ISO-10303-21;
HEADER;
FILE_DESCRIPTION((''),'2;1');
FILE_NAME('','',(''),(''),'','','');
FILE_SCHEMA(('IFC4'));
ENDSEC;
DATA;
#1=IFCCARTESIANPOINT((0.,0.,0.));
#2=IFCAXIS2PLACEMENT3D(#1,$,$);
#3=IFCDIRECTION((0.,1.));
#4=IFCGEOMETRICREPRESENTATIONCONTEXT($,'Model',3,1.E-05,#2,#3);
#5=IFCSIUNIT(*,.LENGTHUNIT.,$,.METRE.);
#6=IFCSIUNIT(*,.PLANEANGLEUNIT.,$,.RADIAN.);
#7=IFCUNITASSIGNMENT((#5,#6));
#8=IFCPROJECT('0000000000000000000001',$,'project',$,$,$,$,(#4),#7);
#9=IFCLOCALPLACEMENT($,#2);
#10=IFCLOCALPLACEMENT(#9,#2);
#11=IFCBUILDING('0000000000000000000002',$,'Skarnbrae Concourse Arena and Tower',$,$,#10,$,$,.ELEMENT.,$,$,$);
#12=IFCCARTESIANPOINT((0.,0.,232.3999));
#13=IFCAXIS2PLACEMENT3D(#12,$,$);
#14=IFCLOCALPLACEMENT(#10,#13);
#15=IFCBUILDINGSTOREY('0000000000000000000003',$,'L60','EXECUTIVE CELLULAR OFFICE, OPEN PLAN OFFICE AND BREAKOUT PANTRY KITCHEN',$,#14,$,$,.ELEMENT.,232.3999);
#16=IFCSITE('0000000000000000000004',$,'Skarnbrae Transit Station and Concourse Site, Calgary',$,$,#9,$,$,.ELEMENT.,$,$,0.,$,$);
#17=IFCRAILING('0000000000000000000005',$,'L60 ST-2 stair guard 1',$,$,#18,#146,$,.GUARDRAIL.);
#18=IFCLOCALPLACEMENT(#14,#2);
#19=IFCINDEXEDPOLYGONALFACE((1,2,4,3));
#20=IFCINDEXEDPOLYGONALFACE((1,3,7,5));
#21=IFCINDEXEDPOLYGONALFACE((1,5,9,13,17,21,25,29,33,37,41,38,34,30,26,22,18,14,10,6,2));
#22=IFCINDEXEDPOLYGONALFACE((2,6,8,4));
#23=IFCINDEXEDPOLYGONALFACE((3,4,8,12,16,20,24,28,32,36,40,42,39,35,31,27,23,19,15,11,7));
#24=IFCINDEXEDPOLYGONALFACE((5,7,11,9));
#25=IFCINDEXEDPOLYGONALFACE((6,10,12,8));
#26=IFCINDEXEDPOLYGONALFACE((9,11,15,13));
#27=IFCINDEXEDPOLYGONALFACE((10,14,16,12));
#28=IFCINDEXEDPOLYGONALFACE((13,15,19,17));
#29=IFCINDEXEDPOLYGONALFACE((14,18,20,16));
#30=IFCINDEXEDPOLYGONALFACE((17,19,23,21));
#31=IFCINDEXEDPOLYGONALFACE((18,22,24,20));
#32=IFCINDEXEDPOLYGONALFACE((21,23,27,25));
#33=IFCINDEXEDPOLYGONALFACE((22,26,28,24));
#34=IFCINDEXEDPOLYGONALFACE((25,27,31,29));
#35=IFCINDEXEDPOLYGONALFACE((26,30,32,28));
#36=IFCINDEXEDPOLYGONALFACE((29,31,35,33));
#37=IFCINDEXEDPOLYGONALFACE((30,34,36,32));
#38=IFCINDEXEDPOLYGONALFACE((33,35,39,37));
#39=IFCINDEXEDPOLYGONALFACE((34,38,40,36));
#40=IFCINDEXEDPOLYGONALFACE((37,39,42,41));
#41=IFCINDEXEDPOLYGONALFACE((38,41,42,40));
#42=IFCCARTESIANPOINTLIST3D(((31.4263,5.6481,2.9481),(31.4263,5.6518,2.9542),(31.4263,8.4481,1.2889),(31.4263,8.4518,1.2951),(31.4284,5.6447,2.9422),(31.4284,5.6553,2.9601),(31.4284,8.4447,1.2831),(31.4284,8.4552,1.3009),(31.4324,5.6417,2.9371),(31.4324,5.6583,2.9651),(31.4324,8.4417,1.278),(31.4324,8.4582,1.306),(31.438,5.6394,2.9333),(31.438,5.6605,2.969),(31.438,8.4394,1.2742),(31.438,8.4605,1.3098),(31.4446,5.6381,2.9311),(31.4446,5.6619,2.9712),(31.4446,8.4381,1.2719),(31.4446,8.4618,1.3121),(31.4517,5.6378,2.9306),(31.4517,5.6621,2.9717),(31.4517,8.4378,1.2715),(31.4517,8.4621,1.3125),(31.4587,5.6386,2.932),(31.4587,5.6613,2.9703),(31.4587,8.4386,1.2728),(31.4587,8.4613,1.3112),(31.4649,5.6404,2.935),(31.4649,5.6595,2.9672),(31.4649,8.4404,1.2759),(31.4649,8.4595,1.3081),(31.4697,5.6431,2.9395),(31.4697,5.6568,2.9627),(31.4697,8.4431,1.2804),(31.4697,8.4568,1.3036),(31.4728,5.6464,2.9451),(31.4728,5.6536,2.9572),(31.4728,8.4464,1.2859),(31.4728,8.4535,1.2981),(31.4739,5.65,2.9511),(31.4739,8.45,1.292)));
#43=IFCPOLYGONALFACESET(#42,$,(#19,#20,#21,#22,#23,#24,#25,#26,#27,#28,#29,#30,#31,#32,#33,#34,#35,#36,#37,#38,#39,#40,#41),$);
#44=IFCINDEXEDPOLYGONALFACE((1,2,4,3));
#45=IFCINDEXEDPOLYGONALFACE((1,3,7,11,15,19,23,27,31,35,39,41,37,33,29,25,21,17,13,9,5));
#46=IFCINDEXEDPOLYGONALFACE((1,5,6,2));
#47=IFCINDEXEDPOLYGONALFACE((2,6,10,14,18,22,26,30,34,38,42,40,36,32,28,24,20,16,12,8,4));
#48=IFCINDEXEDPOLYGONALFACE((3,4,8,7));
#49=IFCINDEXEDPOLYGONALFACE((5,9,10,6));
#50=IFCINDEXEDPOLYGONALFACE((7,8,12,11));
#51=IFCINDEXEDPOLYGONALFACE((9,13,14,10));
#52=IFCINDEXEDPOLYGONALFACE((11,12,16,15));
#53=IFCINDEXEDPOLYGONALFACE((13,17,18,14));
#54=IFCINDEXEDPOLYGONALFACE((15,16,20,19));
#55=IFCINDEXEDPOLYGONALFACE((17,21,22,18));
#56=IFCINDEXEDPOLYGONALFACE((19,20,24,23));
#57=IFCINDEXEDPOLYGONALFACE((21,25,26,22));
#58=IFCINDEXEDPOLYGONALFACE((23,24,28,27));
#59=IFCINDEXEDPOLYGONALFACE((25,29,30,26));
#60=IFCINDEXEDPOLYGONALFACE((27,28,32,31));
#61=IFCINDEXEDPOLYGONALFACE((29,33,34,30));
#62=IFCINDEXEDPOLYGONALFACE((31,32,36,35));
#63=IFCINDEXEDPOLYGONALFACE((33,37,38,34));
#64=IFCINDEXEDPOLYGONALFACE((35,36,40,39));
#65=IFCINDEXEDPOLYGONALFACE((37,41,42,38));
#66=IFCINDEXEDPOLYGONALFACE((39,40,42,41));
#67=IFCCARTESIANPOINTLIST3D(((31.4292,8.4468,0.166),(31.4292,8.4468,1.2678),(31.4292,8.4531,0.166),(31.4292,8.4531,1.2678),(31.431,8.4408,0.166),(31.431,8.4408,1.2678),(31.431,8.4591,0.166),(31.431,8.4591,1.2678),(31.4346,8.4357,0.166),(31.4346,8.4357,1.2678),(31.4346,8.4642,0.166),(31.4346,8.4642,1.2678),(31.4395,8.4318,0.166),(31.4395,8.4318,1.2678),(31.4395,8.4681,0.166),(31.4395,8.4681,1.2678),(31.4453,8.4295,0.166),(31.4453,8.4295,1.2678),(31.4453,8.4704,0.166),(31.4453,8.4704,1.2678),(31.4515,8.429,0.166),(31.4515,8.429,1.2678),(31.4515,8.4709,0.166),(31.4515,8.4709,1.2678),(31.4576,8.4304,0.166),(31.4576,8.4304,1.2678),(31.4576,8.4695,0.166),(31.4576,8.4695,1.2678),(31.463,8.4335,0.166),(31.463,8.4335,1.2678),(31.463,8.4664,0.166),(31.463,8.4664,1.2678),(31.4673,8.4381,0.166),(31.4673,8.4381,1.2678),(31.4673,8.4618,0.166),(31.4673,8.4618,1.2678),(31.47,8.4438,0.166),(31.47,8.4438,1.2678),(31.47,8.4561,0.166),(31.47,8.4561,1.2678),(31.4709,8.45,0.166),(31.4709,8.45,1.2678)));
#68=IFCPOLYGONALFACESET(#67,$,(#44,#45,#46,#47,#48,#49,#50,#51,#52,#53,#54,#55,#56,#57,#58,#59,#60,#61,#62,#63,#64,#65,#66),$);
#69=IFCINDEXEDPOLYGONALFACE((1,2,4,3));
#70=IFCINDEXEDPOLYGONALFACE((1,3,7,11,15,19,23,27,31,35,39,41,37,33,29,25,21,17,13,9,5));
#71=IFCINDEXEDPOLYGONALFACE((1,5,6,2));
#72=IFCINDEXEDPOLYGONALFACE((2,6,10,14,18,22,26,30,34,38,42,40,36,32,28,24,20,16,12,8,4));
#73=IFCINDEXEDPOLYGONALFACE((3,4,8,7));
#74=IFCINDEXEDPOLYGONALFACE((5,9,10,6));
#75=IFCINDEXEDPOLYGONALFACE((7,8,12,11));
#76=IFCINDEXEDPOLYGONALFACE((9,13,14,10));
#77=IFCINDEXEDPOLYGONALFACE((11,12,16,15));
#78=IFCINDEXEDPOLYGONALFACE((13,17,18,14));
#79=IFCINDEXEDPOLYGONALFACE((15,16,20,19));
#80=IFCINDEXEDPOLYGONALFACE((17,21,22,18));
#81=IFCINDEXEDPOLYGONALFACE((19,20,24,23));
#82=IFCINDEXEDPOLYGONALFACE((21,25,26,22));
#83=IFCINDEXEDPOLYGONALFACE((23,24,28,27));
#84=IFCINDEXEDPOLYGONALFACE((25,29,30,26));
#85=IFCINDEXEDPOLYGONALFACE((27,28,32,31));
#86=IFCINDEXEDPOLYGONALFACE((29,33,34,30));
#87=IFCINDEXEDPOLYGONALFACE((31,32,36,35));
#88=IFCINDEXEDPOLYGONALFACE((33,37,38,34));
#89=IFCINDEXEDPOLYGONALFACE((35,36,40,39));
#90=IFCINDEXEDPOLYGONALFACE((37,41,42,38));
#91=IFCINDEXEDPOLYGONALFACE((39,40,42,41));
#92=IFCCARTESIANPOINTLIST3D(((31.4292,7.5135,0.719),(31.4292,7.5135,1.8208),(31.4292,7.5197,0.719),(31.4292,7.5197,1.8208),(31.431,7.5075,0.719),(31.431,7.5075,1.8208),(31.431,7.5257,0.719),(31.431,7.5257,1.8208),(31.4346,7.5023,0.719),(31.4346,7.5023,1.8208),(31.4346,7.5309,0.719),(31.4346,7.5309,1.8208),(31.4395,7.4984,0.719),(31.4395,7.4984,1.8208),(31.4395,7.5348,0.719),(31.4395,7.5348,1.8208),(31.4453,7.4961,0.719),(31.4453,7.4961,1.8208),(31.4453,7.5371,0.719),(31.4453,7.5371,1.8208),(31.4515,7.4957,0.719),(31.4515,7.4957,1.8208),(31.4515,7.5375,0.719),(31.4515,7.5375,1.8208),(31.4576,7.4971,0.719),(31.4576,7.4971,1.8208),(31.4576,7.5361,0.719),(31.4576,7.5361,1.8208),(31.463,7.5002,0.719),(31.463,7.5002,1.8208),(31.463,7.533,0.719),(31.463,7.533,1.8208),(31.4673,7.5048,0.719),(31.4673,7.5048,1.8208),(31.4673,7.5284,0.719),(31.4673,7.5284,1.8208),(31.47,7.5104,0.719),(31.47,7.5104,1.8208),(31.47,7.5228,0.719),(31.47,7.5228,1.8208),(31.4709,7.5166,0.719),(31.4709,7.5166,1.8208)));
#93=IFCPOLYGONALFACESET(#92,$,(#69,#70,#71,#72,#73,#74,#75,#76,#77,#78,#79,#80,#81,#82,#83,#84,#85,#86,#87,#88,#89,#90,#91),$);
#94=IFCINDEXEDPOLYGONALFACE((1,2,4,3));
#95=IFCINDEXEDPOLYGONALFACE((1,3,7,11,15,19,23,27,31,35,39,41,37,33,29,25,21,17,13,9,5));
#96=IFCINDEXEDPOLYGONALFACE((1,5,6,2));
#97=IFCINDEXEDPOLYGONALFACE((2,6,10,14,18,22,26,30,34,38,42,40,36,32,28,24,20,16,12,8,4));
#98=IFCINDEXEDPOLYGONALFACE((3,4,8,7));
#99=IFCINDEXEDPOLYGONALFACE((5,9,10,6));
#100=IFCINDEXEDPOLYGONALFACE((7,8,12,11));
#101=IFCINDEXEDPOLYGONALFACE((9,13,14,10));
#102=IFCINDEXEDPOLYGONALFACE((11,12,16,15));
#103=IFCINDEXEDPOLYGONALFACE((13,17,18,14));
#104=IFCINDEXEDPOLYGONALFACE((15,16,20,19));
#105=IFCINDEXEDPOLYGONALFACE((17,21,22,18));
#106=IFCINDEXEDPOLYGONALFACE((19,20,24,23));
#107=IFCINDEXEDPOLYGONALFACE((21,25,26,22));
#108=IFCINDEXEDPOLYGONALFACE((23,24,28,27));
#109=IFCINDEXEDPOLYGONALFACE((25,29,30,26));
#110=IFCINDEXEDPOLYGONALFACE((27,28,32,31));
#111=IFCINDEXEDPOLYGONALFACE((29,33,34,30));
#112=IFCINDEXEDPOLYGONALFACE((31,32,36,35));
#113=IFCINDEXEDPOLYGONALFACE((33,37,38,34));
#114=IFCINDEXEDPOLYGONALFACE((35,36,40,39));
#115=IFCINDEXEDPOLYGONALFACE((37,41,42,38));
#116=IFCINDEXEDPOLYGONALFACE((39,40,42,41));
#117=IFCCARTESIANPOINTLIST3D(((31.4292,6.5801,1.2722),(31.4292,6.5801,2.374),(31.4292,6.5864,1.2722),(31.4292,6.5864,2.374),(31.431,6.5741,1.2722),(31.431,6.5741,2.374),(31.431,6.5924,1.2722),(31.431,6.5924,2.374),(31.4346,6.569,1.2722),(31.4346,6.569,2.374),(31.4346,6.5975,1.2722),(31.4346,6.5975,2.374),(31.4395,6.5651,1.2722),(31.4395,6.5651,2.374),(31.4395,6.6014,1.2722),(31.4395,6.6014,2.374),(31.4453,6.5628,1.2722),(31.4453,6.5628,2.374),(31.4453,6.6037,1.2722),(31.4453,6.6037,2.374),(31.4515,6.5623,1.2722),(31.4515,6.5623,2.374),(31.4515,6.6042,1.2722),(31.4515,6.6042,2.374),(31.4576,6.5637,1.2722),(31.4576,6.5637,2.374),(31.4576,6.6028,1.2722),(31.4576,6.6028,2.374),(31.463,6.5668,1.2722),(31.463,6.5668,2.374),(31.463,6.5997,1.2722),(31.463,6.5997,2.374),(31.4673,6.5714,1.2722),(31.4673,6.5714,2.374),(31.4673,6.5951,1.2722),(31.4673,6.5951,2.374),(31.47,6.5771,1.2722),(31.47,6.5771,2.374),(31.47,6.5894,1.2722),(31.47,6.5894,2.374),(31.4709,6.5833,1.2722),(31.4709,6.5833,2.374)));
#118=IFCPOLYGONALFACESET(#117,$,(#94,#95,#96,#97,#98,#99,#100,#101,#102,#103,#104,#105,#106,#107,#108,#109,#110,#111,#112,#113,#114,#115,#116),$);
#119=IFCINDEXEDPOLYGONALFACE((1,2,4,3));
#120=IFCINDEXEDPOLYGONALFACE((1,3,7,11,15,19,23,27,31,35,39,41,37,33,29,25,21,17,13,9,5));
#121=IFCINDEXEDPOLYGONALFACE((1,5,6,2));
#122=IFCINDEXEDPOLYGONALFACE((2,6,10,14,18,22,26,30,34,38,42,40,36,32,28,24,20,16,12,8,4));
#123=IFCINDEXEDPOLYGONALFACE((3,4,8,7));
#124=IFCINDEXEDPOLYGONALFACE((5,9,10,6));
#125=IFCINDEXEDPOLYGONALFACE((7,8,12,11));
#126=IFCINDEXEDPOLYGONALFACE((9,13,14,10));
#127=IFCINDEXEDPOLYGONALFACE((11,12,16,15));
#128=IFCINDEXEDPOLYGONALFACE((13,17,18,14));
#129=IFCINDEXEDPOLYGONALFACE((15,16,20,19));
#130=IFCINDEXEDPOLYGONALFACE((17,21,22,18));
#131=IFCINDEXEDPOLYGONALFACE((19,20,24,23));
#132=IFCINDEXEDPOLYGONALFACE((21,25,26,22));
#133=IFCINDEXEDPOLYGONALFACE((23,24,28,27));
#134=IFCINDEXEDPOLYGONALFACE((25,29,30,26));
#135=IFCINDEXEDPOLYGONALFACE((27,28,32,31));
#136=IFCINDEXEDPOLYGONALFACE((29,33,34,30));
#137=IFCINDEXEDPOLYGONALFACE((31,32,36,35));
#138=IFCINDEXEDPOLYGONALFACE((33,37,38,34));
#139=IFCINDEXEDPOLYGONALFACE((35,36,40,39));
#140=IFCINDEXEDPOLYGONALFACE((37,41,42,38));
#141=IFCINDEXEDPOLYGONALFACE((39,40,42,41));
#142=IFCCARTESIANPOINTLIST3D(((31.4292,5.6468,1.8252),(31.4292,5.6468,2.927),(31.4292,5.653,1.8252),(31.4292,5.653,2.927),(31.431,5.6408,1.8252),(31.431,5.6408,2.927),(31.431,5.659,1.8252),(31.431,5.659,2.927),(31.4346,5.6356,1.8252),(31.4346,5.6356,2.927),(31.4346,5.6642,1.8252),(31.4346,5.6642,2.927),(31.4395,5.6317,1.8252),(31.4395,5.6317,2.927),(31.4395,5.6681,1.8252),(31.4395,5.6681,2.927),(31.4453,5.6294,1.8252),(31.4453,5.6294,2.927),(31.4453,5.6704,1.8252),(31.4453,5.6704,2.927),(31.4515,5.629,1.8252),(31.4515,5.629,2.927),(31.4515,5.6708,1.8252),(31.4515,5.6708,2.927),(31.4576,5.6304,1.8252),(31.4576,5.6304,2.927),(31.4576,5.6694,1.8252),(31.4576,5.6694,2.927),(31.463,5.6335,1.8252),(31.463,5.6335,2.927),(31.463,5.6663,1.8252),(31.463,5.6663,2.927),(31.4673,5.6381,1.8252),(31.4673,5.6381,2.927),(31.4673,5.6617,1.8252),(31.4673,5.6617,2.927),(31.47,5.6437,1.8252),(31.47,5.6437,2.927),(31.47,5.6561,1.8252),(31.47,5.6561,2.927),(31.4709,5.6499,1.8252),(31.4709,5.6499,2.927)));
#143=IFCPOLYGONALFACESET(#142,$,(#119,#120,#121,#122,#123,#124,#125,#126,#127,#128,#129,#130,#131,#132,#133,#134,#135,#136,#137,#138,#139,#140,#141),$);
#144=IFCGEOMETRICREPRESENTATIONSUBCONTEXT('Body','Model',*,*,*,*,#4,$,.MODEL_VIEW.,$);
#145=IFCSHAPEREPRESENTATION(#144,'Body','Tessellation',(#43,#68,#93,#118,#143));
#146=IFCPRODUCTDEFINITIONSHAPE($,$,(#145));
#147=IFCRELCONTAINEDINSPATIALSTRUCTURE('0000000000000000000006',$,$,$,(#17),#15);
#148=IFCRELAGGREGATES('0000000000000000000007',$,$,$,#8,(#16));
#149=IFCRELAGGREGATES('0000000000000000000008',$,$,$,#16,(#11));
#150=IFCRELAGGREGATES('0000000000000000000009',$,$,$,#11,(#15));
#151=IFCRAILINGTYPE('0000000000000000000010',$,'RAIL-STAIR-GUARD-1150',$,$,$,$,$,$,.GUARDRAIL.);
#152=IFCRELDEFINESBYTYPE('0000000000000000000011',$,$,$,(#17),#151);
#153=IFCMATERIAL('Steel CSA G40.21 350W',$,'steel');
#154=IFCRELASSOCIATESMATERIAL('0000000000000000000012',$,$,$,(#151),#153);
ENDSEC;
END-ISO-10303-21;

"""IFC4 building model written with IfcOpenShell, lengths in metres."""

from ifc_helpers import new_model, si_unit, direction, frame, origin, origin_2d, place, context, subcontext, project, spatial, circle, extrude, material, type_object, element, save


model = new_model("IFC4")

# Units and contexts
model_context = context("Model", 3, precision=1e-05, world=origin(), true_north=direction((0.0, 1.0)))
body_context = subcontext(model_context, "Body", "Model", "MODEL_VIEW")
ifc_project = project(units=[si_unit("LENGTHUNIT", "METRE"), si_unit("PLANEANGLEUNIT", "RADIAN")], contexts=[model_context])

# Site, building, storey
site_placement = place(None, origin())
site = spatial("IfcSite", under=ifc_project, at=site_placement, Name="Skarnbrae Transit Station and Concourse Site, Calgary", CompositionType="ELEMENT", RefElevation=0.0)
building_placement = place(site_placement, origin())
building = spatial("IfcBuilding", under=site, at=building_placement, Name="Skarnbrae Concourse Arena and Tower", CompositionType="ELEMENT")
storey_placement = place(building_placement, frame((0.0, 0.0, 232.3999)))
storey = spatial("IfcBuildingStorey", under=building, at=storey_placement, Name="L60", Description="EXECUTIVE CELLULAR OFFICE, OPEN PLAN OFFICE AND BREAKOUT PANTRY KITCHEN", CompositionType="ELEMENT", Elevation=232.3999)

# Shared definitions
ifc_material_1 = material(Name="Steel CSA G40.21 350W", Category="steel")

# Railing
railing_type = type_object("IfcRailingType", Name="RAIL-STAIR-GUARD-1150", PredefinedType="GUARDRAIL", material=ifc_material_1)
railing_1_placement = place(storey_placement, frame((31.45, 8.45, 0.166)))
element("IfcRailing", 1, at=railing_1_placement, inside=storey, type_object=railing_type, Name="L60 ST-2 stair guard 1", PredefinedType="GUARDRAIL", context=body_context, shape_type="SweptSolid", body=[
    extrude(circle(Radius=0.0239, at=origin_2d()), frame((0.0, 0.0, 1.126), z_axis=(0.0, -0.860306, 0.509778), x_axis=(1.0, 0.0, 0.0)), (0.0, 0.0, 1.0), 3.2546),
    extrude(circle(Radius=0.021, at=origin_2d()), origin(), (0.0, 0.0, 1.0), 1.1018),
    extrude(circle(Radius=0.021, at=origin_2d()), frame((0.0, -0.9333, 0.553)), (0.0, 0.0, 1.0), 1.1018),
    extrude(circle(Radius=0.021, at=origin_2d()), frame((0.0, -1.8667, 1.1062)), (0.0, 0.0, 1.0), 1.1018),
    extrude(circle(Radius=0.021, at=origin_2d()), frame((0.0, -2.8, 1.6592)), (0.0, 0.0, 1.0), 1.1018),
])

save(model, "model.ifc")
